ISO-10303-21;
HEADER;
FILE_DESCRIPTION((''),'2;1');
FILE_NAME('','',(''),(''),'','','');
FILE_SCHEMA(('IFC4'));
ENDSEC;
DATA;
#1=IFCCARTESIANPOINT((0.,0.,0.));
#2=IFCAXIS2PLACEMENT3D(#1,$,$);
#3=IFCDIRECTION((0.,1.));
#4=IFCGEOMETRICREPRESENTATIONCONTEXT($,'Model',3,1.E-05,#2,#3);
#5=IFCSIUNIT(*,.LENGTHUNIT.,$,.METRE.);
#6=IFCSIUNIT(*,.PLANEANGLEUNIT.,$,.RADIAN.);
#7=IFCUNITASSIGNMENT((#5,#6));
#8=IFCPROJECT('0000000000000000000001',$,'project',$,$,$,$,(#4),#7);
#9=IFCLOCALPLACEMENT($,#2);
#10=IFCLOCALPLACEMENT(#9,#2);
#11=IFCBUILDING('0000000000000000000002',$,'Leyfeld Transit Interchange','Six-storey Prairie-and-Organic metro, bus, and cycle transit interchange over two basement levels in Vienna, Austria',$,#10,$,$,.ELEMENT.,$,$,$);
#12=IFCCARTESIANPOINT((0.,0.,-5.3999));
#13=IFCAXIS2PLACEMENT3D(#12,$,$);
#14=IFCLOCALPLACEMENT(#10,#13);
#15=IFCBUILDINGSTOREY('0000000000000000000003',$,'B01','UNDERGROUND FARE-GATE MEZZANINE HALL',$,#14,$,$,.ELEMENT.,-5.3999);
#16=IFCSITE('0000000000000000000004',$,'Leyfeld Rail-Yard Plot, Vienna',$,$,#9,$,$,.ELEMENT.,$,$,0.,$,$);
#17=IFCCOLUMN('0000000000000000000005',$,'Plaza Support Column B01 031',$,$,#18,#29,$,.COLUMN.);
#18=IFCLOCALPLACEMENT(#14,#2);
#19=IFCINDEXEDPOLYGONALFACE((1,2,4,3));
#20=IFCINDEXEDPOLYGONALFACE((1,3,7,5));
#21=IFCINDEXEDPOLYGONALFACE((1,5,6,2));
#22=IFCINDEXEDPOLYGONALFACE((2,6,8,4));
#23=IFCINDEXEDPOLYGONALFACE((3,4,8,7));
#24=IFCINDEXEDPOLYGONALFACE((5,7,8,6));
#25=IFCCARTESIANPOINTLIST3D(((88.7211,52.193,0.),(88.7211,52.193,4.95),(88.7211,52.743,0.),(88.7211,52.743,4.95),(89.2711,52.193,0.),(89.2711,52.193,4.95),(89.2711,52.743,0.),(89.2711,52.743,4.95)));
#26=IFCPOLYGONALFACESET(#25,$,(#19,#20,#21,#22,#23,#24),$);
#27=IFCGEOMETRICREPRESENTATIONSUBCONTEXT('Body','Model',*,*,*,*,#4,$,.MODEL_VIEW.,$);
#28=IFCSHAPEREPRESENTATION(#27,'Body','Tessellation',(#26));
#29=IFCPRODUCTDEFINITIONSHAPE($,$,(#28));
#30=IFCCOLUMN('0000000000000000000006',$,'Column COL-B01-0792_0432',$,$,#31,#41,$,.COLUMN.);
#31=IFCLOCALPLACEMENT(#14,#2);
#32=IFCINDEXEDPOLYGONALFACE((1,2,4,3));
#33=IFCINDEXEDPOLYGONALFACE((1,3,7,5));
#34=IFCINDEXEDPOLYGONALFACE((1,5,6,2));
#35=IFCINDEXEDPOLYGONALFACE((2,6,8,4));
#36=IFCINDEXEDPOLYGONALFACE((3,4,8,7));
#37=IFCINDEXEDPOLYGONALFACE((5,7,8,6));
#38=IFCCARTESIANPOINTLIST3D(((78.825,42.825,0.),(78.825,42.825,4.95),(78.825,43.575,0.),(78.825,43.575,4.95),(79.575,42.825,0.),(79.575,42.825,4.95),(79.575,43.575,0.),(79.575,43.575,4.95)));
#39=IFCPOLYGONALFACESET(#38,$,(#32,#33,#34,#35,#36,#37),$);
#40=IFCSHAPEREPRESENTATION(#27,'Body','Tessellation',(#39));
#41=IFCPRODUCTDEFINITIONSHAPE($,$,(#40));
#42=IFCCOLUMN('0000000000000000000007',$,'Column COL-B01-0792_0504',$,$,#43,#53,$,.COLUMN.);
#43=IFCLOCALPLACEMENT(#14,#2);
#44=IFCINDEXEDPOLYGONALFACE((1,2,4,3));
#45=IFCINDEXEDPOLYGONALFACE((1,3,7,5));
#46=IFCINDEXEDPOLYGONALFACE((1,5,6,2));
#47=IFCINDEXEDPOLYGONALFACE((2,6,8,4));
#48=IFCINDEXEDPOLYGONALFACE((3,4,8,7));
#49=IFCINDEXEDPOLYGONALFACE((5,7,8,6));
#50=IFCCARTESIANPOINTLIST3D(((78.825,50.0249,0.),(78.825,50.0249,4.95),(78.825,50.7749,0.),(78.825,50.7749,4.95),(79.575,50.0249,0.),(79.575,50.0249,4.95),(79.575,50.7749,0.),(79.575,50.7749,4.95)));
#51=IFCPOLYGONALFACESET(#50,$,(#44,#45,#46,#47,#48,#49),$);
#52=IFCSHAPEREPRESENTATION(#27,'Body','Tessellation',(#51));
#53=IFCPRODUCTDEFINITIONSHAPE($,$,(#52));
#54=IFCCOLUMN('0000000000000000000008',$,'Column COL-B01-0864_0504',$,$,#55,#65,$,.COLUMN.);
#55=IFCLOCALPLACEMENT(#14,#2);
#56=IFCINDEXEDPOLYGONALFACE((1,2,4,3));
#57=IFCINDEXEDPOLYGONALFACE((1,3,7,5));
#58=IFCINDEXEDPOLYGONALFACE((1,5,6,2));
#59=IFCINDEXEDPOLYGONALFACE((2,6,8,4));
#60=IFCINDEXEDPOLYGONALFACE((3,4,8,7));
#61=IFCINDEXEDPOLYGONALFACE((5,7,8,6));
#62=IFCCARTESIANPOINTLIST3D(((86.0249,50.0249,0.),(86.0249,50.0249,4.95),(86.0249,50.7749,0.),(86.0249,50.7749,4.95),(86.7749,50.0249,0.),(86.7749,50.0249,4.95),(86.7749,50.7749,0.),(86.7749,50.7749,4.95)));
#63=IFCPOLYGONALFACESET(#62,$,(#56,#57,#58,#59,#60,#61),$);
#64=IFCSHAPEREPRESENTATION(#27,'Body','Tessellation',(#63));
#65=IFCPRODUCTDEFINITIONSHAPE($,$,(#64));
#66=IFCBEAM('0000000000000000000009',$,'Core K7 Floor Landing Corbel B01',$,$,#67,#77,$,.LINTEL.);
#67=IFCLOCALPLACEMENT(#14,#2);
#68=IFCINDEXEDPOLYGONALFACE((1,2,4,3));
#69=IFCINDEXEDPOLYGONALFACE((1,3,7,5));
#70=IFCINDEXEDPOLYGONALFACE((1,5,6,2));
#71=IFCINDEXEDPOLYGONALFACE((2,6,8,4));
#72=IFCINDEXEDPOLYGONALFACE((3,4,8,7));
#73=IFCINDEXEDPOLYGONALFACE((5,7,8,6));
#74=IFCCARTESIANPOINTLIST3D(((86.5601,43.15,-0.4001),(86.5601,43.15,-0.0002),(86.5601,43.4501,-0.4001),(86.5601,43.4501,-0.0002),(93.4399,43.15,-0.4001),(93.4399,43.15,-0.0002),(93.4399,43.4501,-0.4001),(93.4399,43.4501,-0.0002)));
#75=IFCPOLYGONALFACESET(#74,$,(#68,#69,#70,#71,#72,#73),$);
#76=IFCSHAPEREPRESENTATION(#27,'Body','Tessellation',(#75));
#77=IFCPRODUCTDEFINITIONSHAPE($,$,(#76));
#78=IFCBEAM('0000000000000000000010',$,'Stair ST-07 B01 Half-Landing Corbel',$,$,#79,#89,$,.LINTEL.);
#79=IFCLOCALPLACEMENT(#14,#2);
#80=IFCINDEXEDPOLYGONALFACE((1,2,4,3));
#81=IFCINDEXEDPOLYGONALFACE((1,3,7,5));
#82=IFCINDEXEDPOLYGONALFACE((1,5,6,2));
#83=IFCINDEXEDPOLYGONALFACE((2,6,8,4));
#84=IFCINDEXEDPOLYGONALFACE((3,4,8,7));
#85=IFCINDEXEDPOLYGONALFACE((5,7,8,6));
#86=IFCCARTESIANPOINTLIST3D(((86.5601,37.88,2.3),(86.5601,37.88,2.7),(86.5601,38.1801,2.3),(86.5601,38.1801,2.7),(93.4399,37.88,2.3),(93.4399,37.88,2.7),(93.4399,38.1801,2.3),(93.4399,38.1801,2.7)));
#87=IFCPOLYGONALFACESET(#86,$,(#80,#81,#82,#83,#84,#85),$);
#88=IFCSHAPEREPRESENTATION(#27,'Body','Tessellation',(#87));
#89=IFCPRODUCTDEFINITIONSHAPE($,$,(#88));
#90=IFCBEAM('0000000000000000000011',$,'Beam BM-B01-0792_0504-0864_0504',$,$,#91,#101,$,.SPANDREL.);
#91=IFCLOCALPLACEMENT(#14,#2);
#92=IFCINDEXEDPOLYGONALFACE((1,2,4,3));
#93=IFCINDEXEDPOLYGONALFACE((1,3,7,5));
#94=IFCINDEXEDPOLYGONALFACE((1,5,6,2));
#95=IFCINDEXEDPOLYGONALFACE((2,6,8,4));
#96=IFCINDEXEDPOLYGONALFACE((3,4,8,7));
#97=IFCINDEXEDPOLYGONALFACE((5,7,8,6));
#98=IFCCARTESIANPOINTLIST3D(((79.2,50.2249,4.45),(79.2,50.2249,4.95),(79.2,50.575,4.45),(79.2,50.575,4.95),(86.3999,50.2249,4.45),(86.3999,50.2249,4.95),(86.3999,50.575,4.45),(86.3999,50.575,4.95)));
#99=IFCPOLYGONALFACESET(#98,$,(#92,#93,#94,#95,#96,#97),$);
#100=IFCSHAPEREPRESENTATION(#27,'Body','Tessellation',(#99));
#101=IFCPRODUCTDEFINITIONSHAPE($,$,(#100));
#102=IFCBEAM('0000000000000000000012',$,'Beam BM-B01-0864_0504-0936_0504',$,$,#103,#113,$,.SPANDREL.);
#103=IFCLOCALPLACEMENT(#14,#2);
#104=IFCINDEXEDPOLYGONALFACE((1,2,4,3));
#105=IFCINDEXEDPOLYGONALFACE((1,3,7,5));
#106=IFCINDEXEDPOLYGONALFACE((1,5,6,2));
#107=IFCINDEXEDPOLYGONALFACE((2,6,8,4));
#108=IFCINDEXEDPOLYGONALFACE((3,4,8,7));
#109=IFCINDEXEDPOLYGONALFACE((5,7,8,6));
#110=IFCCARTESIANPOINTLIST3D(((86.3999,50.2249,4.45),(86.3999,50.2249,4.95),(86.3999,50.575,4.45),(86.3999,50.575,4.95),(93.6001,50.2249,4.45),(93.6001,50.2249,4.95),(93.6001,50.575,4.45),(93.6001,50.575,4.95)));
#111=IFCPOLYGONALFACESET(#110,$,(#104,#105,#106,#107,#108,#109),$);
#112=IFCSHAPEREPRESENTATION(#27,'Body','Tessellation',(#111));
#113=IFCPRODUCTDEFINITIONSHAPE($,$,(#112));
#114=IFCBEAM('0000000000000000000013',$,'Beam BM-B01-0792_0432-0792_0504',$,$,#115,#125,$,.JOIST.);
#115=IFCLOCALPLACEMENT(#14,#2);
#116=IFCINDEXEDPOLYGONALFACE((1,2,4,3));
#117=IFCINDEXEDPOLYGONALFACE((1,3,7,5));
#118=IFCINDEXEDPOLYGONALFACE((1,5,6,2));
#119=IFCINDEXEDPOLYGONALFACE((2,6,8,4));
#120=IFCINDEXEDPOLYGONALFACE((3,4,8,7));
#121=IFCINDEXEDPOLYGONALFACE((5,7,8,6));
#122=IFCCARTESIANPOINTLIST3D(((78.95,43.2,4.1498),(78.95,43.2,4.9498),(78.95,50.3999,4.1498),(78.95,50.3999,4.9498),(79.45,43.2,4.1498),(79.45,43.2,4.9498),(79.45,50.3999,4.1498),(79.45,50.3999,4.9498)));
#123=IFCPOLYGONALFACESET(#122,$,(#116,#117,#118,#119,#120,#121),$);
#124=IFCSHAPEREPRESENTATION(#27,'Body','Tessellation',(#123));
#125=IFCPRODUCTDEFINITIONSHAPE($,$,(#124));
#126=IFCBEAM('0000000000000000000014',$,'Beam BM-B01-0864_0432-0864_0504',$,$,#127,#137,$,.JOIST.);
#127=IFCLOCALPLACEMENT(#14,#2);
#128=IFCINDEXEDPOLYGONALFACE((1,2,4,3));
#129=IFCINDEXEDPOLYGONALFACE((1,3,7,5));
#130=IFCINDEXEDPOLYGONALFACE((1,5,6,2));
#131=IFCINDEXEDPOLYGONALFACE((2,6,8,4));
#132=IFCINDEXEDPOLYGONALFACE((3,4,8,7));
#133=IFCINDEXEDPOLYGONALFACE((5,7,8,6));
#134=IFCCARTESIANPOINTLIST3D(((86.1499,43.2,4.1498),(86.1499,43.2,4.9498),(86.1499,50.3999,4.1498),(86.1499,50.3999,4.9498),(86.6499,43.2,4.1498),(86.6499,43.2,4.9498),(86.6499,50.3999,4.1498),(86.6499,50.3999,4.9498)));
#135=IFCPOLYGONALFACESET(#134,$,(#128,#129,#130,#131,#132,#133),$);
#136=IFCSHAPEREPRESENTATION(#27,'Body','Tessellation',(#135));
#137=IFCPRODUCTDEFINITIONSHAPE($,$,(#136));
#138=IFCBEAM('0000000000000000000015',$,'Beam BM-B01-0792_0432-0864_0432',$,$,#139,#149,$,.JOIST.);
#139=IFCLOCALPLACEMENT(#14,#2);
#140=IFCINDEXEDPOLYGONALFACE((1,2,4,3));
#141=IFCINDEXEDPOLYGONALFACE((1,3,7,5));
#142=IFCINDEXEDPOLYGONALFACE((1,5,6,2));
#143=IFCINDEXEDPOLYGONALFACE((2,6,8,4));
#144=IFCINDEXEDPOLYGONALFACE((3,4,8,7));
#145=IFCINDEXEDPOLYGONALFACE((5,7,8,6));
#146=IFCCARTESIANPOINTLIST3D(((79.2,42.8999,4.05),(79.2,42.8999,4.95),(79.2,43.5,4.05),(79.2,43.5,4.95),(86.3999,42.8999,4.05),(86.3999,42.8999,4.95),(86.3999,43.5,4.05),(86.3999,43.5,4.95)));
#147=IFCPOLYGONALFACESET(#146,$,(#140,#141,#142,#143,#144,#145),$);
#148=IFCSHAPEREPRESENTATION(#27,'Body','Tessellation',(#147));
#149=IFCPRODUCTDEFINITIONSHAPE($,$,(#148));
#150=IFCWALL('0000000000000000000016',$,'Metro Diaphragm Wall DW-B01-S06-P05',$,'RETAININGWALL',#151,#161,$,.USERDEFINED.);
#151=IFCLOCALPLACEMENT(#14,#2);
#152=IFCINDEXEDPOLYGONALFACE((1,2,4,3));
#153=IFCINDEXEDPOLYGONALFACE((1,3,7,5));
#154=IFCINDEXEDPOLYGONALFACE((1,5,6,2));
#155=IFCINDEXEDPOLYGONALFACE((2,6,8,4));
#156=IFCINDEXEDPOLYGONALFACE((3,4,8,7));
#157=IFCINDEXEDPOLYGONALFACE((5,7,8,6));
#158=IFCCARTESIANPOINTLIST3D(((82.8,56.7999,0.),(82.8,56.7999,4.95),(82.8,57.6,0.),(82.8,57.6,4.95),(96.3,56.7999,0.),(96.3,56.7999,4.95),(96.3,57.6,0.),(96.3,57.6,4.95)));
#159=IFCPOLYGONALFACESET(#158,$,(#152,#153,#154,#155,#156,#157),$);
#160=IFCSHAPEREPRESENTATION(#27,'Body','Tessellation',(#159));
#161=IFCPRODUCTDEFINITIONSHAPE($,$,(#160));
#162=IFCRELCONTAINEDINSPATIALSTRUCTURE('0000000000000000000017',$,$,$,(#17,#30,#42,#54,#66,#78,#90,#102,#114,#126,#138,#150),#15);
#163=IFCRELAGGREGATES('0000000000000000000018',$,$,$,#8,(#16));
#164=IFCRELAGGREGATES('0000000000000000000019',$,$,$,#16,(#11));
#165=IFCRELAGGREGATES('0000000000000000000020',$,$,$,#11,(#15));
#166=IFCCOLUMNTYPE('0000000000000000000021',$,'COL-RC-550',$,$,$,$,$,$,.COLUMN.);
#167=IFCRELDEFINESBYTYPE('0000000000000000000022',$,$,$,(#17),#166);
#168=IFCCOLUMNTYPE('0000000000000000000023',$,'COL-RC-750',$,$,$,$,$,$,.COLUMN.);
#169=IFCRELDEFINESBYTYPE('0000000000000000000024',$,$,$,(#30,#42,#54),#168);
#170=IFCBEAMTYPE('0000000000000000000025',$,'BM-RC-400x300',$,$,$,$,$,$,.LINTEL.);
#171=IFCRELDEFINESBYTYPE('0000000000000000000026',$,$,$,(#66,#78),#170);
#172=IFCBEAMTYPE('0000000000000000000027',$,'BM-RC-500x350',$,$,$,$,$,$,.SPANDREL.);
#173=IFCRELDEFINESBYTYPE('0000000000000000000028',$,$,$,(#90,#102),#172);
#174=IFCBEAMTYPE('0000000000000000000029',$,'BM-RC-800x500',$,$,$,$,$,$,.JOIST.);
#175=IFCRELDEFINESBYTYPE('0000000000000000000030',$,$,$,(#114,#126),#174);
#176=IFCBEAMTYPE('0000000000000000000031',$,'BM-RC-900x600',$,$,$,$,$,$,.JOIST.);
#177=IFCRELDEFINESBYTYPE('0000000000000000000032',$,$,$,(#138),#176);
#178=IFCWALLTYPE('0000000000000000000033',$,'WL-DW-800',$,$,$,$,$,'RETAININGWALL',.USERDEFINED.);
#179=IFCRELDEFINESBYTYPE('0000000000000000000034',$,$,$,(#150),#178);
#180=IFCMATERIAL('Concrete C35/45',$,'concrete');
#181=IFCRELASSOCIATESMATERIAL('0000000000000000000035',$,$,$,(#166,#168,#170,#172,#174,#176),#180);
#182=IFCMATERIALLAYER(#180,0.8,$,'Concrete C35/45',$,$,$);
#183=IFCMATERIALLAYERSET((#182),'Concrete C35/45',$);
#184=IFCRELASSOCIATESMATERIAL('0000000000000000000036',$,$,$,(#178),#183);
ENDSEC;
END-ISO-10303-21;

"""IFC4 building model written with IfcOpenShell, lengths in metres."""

from ifc_helpers import new_model, si_unit, direction, frame, frame_2d, origin, origin_2d, place, context, subcontext, project, spatial, rectangle, extrude, material, layer, layer_set, material_profile, profile_set, type_object, element, save


model = new_model("IFC4")

# Units and contexts
model_context = context("Model", 3, precision=1e-05, world=origin(), true_north=direction((0.0, 1.0)))
body_context = subcontext(model_context, "Body", "Model", "MODEL_VIEW")
ifc_project = project(units=[si_unit("LENGTHUNIT", "METRE"), si_unit("PLANEANGLEUNIT", "RADIAN")], contexts=[model_context])

# Site, building, storey
site_placement = place(None, origin())
site = spatial("IfcSite", under=ifc_project, at=site_placement, Name="Leyfeld Rail-Yard Plot, Vienna", CompositionType="ELEMENT", RefElevation=0.0)
building_placement = place(site_placement, origin())
building = spatial("IfcBuilding", under=site, at=building_placement, Name="Leyfeld Transit Interchange", Description="Six-storey Prairie-and-Organic metro, bus, and cycle transit interchange over two basement levels in Vienna, Austria", CompositionType="ELEMENT")
storey_placement = place(building_placement, frame((0.0, 0.0, -5.3999)))
storey = spatial("IfcBuildingStorey", under=building, at=storey_placement, Name="B01", Description="UNDERGROUND FARE-GATE MEZZANINE HALL", CompositionType="ELEMENT", Elevation=-5.3999)

# Columns
ifc_material_1 = material(Name="Concrete C35/45", Category="concrete")
ifc_material_profile_1 = material_profile(ifc_material_1, rectangle(XDim=0.55, YDim=0.55, at=origin_2d()), Name="RC 550x550")
ifc_profile_set_1 = profile_set([ifc_material_profile_1], Name="Concrete C35/45")
column_type_1 = type_object("IfcColumnType", Name="COL-RC-550", PredefinedType="COLUMN", material=ifc_profile_set_1)
column_placement = place(storey_placement, frame((88.9961, 52.468, 0.0), z_axis=(0.0, 0.0, 1.0), x_axis=(1.0, 0.0, 0.0)))
element("IfcColumn", 1, at=column_placement, inside=storey, type_object=column_type_1, Name="Plaza Support Column B01 031", PredefinedType="COLUMN", context=body_context, shape_type="SweptSolid", body=[
    extrude(rectangle(XDim=0.55, YDim=0.55, at=origin_2d()), origin(), (0.0, 0.0, 1.0), 4.95),
])
ifc_material_profile_2 = material_profile(ifc_material_1, rectangle(XDim=0.75, YDim=0.75, at=origin_2d()), Name="RC 750x750")
ifc_profile_set_2 = profile_set([ifc_material_profile_2], Name="Concrete C35/45")
column_type_2 = type_object("IfcColumnType", Name="COL-RC-750", PredefinedType="COLUMN", material=ifc_profile_set_2)
for number, where, z_axis, x_axis, name in (
    (2, (79.2, 43.2, 0.0), (0.0, 0.0, 1.0), (1.0, 0.0, 0.0), "Column COL-B01-0792_0432"),
    (3, (79.2, 50.3999, 0.0), (0.0, 0.0, 1.0), (1.0, 0.0, 0.0), "Column COL-B01-0792_0504"),
    (4, (86.3999, 50.3999, 0.0), (0.0, 0.0, 1.0), (1.0, 0.0, 0.0), "Column COL-B01-0864_0504"),
):
    element("IfcColumn", number, at=place(storey_placement, frame(where, z_axis=z_axis, x_axis=x_axis)), inside=storey, type_object=column_type_2, Name=name, PredefinedType="COLUMN", context=body_context, shape_type="SweptSolid", body=[
        extrude(rectangle(XDim=0.75, YDim=0.75, at=origin_2d()), origin(), (0.0, 0.0, 1.0), 4.95),
    ])

# Beams
ifc_material_profile_3 = material_profile(ifc_material_1, rectangle(XDim=0.3, YDim=0.3999, at=origin_2d()), Name="RC 400x300")
ifc_profile_set_3 = profile_set([ifc_material_profile_3], Name="Concrete C35/45")
beam_type_1 = type_object("IfcBeamType", Name="BM-RC-400x300", PredefinedType="LINTEL", material=ifc_profile_set_3)
for number, where, z_axis, x_axis, name in (
    (5, (86.5601, 43.3, -0.2002), (1.0, 0.0, 0.0), (0.0, 1.0, 0.0), "Core K7 Floor Landing Corbel B01"),
    (6, (86.5601, 38.03, 2.5), (1.0, 0.0, 0.0), (0.0, 1.0, 0.0), "Stair ST-07 B01 Half-Landing Corbel"),
):
    element("IfcBeam", number, at=place(storey_placement, frame(where, z_axis=z_axis, x_axis=x_axis)), inside=storey, type_object=beam_type_1, Name=name, PredefinedType="LINTEL", context=body_context, shape_type="SweptSolid", body=[
        extrude(rectangle(XDim=0.3, YDim=0.3999, at=origin_2d()), origin(), (0.0, 0.0, 1.0), 6.8799),
    ])
ifc_material_profile_4 = material_profile(ifc_material_1, rectangle(XDim=0.3501, YDim=0.5, at=origin_2d()), Name="RC 500x350")
ifc_profile_set_4 = profile_set([ifc_material_profile_4], Name="Concrete C35/45")
beam_type_2 = type_object("IfcBeamType", Name="BM-RC-500x350", PredefinedType="SPANDREL", material=ifc_profile_set_4)
beam_1_placement = place(storey_placement, frame((79.2, 50.3999, 4.7), z_axis=(1.0, 0.0, 0.0), x_axis=(0.0, 1.0, 0.0)))
element("IfcBeam", 7, at=beam_1_placement, inside=storey, type_object=beam_type_2, Name="Beam BM-B01-0792_0504-0864_0504", PredefinedType="SPANDREL", context=body_context, shape_type="SweptSolid", body=[
    extrude(rectangle(XDim=0.3501, YDim=0.5, at=origin_2d()), origin(), (0.0, 0.0, 1.0), 7.2),
])
beam_2_placement = place(storey_placement, frame((86.3999, 50.3999, 4.7), z_axis=(1.0, 0.0, 0.0), x_axis=(0.0, 1.0, 0.0)))
element("IfcBeam", 8, at=beam_2_placement, inside=storey, type_object=beam_type_2, Name="Beam BM-B01-0864_0504-0936_0504", PredefinedType="SPANDREL", context=body_context, shape_type="SweptSolid", body=[
    extrude(rectangle(XDim=0.3501, YDim=0.5, at=origin_2d()), origin(), (0.0, 0.0, 1.0), 7.2002),
])
ifc_material_profile_5 = material_profile(ifc_material_1, rectangle(XDim=0.5, YDim=0.8, at=origin_2d()), Name="RC 800x500")
ifc_profile_set_5 = profile_set([ifc_material_profile_5], Name="Concrete C35/45")
beam_type_3 = type_object("IfcBeamType", Name="BM-RC-800x500", PredefinedType="JOIST", material=ifc_profile_set_5)
for number, where, z_axis, x_axis, name in (
    (9, (79.2, 43.2, 4.5498), (0.0, 1.0, 0.0), (-1.0, 0.0, 0.0), "Beam BM-B01-0792_0432-0792_0504"),
    (10, (86.3999, 43.2, 4.5498), (0.0, 1.0, 0.0), (-1.0, 0.0, 0.0), "Beam BM-B01-0864_0432-0864_0504"),
):
    element("IfcBeam", number, at=place(storey_placement, frame(where, z_axis=z_axis, x_axis=x_axis)), inside=storey, type_object=beam_type_3, Name=name, PredefinedType="JOIST", context=body_context, shape_type="SweptSolid", body=[
        extrude(rectangle(XDim=0.5, YDim=0.8, at=origin_2d()), origin(), (0.0, 0.0, 1.0), 7.2),
    ])
ifc_material_profile_6 = material_profile(ifc_material_1, rectangle(XDim=0.6001, YDim=0.8999, at=origin_2d()), Name="RC 900x600")
ifc_profile_set_6 = profile_set([ifc_material_profile_6], Name="Concrete C35/45")
beam_type_4 = type_object("IfcBeamType", Name="BM-RC-900x600", PredefinedType="JOIST", material=ifc_profile_set_6)
beam_3_placement = place(storey_placement, frame((79.2, 43.2, 4.5), z_axis=(1.0, 0.0, 0.0), x_axis=(0.0, 1.0, 0.0)))
element("IfcBeam", 11, at=beam_3_placement, inside=storey, type_object=beam_type_4, Name="Beam BM-B01-0792_0432-0864_0432", PredefinedType="JOIST", context=body_context, shape_type="SweptSolid", body=[
    extrude(rectangle(XDim=0.6001, YDim=0.8999, at=origin_2d()), origin(), (0.0, 0.0, 1.0), 7.2),
])

# Wall
ifc_layer_1 = layer(ifc_material_1, 0.8, Name="Concrete C35/45")
ifc_layer_set_1 = layer_set([ifc_layer_1], Name="Concrete C35/45")
wall_type_1 = type_object("IfcWallType", Name="WL-DW-800", ElementType="RETAININGWALL", PredefinedType="USERDEFINED", material=ifc_layer_set_1)
wall_1_placement = place(storey_placement, frame((82.8, 57.2, 0.0), z_axis=(0.0, 0.0, 1.0), x_axis=(1.0, 0.0, 0.0)))
element("IfcWall", 12, at=wall_1_placement, inside=storey, type_object=wall_type_1, Name="Metro Diaphragm Wall DW-B01-S06-P05", ObjectType="RETAININGWALL", PredefinedType="USERDEFINED", context=body_context, shape_type="SweptSolid", body=[
    extrude(rectangle(XDim=13.5, YDim=0.8, at=frame_2d((6.75, 0.0))), origin(), (0.0, 0.0, 1.0), 4.95),
])

save(model, "model.ifc")
